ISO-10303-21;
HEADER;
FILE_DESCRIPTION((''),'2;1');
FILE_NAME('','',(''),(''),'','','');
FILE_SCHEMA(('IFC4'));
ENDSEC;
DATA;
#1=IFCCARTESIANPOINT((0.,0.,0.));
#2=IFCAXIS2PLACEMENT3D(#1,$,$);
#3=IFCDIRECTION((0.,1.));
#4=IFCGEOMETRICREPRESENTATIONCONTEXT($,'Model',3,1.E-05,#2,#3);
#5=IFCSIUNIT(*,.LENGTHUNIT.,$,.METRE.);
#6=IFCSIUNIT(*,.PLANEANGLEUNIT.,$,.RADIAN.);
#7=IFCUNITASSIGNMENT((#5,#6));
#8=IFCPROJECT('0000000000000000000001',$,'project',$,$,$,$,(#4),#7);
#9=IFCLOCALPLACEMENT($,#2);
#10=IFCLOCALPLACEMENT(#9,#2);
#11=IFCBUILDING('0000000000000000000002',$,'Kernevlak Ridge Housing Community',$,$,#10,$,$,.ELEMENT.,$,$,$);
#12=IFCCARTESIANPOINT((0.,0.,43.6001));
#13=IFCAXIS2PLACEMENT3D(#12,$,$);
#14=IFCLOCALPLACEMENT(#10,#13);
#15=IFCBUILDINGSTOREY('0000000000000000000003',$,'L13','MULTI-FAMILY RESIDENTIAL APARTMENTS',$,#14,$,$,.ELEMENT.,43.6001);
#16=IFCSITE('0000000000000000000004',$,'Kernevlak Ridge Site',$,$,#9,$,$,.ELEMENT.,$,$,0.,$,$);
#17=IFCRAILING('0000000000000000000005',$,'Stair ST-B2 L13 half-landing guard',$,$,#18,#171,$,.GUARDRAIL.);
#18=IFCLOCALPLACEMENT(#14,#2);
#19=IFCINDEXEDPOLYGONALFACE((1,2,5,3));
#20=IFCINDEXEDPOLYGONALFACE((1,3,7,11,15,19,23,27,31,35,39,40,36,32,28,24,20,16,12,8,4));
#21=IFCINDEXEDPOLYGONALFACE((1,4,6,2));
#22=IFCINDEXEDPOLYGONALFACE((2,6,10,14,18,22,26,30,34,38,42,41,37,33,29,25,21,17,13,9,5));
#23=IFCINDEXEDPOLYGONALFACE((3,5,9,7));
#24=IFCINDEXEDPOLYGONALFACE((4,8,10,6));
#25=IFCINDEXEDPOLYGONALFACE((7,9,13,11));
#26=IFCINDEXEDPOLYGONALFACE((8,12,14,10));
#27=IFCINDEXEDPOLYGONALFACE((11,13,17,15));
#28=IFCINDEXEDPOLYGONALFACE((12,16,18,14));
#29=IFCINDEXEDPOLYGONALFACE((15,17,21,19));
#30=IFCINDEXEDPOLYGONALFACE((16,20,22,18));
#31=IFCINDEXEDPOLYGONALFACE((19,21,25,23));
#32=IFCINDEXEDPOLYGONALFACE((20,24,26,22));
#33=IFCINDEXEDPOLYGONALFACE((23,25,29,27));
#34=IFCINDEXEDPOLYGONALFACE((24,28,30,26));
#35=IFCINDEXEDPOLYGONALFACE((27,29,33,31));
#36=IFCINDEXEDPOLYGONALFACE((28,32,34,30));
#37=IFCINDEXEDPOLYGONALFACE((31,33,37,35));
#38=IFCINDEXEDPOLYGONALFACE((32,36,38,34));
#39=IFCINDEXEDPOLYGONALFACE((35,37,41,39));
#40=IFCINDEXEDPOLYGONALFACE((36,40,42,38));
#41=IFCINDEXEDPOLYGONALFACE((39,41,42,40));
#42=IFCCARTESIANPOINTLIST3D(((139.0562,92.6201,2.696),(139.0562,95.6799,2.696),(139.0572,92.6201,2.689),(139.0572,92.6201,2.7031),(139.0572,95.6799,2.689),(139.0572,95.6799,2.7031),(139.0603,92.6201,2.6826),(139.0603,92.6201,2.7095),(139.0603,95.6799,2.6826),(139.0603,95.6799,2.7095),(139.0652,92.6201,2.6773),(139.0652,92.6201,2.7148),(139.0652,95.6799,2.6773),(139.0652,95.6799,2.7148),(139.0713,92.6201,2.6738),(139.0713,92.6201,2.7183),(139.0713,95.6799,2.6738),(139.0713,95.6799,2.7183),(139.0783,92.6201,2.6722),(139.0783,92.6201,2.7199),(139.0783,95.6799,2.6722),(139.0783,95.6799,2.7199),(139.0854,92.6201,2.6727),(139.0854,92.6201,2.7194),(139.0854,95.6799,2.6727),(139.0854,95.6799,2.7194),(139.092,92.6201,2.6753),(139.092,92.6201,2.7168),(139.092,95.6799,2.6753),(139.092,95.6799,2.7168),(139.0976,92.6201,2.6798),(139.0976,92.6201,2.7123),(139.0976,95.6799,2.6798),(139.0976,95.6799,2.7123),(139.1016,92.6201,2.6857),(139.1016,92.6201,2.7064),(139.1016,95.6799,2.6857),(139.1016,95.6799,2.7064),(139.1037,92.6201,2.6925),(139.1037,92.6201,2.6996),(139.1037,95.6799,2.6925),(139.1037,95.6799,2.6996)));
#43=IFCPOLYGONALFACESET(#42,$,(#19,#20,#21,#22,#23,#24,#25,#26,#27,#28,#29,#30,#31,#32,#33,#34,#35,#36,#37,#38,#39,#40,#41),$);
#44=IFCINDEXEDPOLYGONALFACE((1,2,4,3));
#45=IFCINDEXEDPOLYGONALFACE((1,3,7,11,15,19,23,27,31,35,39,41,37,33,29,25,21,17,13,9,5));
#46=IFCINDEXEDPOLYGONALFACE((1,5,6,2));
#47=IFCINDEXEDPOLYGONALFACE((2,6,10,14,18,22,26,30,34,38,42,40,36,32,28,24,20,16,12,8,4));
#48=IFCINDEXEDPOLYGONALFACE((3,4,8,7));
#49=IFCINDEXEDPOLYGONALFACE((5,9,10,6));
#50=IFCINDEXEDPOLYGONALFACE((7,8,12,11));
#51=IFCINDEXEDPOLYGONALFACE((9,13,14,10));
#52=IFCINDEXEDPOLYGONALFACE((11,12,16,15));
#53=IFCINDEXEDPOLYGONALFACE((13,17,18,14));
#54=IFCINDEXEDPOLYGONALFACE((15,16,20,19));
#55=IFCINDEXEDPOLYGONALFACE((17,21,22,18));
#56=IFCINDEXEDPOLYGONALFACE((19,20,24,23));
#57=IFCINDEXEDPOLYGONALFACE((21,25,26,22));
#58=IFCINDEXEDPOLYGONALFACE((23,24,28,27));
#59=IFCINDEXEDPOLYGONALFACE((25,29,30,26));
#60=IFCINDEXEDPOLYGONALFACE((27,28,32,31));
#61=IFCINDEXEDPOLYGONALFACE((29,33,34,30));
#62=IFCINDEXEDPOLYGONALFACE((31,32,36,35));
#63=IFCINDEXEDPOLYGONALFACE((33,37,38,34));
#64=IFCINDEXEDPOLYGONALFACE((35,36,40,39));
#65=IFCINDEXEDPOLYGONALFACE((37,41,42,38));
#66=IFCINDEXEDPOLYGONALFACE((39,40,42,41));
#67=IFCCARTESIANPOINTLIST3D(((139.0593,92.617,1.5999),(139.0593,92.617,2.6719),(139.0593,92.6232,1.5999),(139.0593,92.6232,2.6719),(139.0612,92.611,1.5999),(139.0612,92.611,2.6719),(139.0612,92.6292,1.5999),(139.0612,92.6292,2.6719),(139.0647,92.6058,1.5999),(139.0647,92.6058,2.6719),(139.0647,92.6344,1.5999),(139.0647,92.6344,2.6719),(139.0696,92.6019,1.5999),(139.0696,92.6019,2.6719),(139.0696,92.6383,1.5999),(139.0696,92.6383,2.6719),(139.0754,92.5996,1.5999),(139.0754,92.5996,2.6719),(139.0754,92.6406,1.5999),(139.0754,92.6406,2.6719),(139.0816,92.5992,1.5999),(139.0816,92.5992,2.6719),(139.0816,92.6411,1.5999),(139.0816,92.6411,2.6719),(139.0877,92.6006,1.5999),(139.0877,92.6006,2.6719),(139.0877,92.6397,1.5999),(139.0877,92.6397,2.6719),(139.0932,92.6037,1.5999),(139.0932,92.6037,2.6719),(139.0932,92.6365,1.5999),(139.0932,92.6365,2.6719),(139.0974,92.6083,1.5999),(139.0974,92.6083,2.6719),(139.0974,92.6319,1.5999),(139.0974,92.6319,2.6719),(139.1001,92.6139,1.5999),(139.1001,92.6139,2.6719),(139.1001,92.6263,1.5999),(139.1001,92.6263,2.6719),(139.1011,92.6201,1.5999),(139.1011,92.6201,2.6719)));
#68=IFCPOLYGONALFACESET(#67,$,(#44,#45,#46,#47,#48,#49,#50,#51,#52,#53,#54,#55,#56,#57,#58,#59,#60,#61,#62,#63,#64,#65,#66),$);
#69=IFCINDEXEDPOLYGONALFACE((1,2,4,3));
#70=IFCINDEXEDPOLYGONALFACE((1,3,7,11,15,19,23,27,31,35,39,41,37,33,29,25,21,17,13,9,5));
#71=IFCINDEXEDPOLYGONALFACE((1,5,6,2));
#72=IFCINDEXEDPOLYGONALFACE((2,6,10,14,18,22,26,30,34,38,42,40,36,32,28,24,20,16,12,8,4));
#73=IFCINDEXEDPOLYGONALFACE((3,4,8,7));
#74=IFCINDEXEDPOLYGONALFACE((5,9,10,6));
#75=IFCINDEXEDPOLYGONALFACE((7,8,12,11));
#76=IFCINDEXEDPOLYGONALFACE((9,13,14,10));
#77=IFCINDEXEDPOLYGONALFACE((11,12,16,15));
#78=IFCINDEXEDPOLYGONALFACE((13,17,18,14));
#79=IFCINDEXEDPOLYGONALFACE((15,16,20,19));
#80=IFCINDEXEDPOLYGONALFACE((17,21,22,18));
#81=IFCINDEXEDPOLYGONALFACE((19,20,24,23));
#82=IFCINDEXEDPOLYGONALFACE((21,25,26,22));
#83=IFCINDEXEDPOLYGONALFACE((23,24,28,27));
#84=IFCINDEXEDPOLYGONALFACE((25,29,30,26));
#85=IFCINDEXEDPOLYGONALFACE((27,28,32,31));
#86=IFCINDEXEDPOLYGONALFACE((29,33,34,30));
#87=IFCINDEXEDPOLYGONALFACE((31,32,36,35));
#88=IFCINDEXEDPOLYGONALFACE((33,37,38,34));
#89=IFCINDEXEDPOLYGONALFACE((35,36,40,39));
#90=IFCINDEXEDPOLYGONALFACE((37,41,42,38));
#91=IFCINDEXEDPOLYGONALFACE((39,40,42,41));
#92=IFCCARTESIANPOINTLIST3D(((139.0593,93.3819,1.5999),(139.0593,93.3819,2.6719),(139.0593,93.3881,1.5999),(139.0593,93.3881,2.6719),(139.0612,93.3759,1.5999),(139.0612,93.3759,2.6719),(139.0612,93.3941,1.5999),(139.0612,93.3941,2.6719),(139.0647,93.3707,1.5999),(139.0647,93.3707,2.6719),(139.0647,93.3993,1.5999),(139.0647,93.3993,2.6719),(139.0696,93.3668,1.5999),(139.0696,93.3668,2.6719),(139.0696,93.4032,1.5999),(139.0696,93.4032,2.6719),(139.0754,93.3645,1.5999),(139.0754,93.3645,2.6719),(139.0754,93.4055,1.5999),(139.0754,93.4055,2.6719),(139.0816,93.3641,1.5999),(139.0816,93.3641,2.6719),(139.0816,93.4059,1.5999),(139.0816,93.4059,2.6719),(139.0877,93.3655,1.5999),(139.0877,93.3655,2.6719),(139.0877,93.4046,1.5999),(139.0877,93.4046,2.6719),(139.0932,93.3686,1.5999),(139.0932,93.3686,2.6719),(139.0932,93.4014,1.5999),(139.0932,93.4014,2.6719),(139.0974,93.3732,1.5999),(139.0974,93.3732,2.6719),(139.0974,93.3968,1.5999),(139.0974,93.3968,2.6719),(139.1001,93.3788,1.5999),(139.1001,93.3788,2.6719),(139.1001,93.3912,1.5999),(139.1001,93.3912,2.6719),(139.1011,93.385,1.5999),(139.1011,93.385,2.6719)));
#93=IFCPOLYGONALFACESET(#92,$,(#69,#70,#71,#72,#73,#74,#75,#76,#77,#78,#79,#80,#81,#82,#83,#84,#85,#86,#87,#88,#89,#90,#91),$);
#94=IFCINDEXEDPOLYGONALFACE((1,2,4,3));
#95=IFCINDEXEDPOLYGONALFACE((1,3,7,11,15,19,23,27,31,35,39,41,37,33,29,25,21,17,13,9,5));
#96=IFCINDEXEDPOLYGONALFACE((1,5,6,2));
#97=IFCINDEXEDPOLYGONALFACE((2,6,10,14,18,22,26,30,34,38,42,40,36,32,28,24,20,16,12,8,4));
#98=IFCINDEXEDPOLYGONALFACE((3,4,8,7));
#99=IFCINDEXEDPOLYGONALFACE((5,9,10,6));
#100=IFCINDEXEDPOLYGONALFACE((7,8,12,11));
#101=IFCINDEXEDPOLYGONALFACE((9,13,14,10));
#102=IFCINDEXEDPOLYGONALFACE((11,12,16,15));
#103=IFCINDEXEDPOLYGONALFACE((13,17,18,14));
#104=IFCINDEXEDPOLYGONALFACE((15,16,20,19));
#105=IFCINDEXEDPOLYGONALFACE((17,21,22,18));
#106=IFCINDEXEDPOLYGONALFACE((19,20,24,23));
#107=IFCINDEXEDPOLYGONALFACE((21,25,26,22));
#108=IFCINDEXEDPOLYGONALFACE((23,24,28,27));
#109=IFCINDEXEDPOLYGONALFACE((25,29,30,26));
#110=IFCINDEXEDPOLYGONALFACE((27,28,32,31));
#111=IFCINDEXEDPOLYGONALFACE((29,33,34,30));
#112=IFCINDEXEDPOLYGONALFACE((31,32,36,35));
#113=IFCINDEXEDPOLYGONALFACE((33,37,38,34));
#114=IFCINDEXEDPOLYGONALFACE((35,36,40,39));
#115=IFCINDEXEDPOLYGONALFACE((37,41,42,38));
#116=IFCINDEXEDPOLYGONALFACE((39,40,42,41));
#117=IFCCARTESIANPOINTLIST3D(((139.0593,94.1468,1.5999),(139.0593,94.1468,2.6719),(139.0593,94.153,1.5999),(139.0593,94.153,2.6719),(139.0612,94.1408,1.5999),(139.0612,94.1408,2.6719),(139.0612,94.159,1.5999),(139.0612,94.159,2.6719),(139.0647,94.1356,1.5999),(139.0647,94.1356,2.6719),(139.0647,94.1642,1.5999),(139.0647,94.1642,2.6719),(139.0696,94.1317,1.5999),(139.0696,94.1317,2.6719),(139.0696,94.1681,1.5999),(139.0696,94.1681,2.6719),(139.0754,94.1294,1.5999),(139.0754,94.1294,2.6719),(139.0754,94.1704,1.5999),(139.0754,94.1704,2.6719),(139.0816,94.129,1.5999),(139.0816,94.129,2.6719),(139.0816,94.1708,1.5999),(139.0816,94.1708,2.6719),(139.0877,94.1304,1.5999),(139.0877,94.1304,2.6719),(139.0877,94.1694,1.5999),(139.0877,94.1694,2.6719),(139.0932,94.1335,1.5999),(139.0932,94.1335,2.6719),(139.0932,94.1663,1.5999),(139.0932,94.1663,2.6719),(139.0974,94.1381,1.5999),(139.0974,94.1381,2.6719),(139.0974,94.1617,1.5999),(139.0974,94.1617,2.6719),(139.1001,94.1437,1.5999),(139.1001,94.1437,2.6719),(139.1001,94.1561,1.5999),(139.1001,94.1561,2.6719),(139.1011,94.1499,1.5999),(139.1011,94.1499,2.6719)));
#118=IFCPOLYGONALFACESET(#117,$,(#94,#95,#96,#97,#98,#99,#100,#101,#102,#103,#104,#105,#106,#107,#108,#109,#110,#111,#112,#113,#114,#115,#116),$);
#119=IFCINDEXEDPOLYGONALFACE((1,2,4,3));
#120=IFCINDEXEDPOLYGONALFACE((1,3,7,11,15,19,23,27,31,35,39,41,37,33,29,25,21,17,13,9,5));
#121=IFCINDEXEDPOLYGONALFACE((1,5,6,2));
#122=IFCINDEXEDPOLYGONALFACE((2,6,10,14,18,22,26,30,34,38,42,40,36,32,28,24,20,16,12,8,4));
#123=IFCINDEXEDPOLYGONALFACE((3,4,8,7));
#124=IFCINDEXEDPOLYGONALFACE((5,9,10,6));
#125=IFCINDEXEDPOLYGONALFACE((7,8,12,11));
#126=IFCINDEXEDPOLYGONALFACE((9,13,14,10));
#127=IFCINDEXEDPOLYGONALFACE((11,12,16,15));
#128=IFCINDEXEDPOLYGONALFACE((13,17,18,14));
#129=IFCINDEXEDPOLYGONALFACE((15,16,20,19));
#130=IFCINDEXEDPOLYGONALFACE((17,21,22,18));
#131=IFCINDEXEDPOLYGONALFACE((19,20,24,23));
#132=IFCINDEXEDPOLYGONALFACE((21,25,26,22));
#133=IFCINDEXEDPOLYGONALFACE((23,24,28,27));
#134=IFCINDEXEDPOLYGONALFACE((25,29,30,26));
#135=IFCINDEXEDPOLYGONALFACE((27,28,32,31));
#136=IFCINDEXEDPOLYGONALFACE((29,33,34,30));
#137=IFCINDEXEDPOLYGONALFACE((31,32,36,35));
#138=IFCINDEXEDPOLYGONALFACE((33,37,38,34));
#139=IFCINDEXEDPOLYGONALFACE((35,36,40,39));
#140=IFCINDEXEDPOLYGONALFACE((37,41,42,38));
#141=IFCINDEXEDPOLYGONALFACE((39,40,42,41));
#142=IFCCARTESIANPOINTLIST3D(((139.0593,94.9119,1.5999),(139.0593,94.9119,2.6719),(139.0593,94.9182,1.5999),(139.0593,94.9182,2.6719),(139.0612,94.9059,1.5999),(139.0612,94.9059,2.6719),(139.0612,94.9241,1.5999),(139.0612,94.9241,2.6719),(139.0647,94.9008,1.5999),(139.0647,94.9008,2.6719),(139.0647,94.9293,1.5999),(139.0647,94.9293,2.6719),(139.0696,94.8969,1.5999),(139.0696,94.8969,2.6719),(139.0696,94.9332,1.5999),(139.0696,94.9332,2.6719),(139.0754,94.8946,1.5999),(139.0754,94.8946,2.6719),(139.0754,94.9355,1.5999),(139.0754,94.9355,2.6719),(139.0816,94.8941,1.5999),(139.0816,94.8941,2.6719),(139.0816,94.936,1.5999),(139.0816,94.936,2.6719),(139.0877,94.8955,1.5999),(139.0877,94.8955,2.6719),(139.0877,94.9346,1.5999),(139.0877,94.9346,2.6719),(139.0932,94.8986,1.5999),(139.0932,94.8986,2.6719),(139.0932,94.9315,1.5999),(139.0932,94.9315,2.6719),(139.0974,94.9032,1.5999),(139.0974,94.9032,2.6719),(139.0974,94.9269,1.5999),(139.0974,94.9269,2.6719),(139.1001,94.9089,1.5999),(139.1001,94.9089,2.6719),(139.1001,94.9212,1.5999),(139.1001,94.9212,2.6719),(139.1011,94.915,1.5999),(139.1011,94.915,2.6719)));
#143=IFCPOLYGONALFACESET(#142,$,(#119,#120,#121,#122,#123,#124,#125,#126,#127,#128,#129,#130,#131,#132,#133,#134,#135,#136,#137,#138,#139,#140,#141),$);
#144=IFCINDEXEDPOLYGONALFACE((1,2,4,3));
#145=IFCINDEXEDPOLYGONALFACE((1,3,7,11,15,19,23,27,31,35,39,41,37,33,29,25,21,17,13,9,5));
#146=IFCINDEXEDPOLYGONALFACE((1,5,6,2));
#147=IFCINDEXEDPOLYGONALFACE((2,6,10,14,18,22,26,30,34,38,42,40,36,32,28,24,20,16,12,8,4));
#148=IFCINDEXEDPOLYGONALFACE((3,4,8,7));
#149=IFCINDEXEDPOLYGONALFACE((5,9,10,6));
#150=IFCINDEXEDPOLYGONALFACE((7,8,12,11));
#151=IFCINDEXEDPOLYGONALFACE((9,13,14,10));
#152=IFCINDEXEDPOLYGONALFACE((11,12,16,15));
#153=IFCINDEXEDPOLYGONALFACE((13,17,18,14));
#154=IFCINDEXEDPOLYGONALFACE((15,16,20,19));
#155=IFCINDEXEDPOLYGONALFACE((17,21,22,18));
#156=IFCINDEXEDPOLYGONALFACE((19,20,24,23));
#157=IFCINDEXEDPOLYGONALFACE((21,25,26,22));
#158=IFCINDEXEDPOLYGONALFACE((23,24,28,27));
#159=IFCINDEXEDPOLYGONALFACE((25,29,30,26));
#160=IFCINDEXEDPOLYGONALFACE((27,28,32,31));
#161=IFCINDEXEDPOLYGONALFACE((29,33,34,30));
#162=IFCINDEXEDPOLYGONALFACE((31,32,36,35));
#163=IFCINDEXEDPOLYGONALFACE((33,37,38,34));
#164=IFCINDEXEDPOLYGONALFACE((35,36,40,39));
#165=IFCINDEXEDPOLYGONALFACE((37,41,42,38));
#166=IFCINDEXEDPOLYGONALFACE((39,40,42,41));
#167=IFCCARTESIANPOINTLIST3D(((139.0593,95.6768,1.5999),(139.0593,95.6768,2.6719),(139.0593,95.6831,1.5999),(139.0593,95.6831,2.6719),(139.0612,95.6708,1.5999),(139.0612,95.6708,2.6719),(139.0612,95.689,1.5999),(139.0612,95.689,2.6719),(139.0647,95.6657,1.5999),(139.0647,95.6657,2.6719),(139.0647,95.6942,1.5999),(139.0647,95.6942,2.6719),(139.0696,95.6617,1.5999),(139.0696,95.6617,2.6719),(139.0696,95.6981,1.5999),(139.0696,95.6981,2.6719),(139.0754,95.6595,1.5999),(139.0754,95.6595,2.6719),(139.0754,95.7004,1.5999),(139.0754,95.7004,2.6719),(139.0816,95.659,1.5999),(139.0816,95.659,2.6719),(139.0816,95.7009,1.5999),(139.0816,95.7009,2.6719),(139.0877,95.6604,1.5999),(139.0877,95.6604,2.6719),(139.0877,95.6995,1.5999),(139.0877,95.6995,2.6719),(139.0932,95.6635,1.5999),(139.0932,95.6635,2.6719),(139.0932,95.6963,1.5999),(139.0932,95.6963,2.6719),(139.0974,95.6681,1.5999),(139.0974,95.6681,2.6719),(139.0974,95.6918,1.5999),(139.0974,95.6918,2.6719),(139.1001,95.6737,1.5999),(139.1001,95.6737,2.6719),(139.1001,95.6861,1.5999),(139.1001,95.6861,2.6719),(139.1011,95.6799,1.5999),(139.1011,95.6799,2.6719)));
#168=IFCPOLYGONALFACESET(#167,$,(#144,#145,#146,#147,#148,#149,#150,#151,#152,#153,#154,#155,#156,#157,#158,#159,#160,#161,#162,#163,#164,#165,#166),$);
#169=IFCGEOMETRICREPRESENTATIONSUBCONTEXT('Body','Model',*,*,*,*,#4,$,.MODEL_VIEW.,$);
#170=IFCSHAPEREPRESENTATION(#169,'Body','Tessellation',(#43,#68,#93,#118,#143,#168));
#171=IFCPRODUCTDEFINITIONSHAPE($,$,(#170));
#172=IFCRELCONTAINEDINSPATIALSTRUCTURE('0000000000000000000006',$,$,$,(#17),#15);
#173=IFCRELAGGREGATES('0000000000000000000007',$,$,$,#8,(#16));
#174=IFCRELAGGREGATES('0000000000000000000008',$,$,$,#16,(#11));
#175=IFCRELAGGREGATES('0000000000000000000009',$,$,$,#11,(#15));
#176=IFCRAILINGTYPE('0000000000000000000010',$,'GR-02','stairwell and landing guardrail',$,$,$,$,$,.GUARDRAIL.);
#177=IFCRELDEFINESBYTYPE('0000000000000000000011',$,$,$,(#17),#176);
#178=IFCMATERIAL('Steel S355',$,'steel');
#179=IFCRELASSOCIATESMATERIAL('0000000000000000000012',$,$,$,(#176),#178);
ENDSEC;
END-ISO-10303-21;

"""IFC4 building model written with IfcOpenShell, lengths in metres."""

from ifc_helpers import new_model, si_unit, direction, frame, origin, origin_2d, place, context, subcontext, project, spatial, circle, extrude, material, type_object, element, save


model = new_model("IFC4")

# Units and contexts
model_context = context("Model", 3, precision=1e-05, world=origin(), true_north=direction((0.0, 1.0)))
body_context = subcontext(model_context, "Body", "Model", "MODEL_VIEW")
ifc_project = project(units=[si_unit("LENGTHUNIT", "METRE"), si_unit("PLANEANGLEUNIT", "RADIAN")], contexts=[model_context])

# Site, building, storey
site_placement = place(None, origin())
site = spatial("IfcSite", under=ifc_project, at=site_placement, Name="Kernevlak Ridge Site", CompositionType="ELEMENT", RefElevation=0.0)
building_placement = place(site_placement, origin())
building = spatial("IfcBuilding", under=site, at=building_placement, Name="Kernevlak Ridge Housing Community", CompositionType="ELEMENT")
storey_placement = place(building_placement, frame((0.0, 0.0, 43.6001)))
storey = spatial("IfcBuildingStorey", under=building, at=storey_placement, Name="L13", Description="MULTI-FAMILY RESIDENTIAL APARTMENTS", CompositionType="ELEMENT", Elevation=43.6001)

# Railing
ifc_material_1 = material(Name="Steel S355", Category="steel")
railing_type_1 = type_object("IfcRailingType", Name="GR-02", Description="stairwell and landing guardrail", PredefinedType="GUARDRAIL", material=ifc_material_1)
railing_1_placement = place(storey_placement, frame((139.0801, 92.6201, 1.5999)))
element("IfcRailing", 1, at=railing_1_placement, inside=storey, type_object=railing_type_1, Name="Stair ST-B2 L13 half-landing guard", PredefinedType="GUARDRAIL", context=body_context, shape_type="SweptSolid", body=[
    extrude(circle(Radius=0.0239, at=origin_2d()), frame((0.0, 0.0, 1.0962), z_axis=(0.0, 1.0, 0.0), x_axis=(-1.0, 0.0, 0.0)), (0.0, 0.0, 1.0), 3.0598),
    extrude(circle(Radius=0.021, at=origin_2d()), origin(), (0.0, 0.0, 1.0), 1.072),
    extrude(circle(Radius=0.021, at=origin_2d()), frame((0.0, 0.7649, 0.0)), (0.0, 0.0, 1.0), 1.072),
    extrude(circle(Radius=0.021, at=origin_2d()), frame((0.0, 1.5298, 0.0)), (0.0, 0.0, 1.0), 1.072),
    extrude(circle(Radius=0.021, at=origin_2d()), frame((0.0, 2.2949, 0.0)), (0.0, 0.0, 1.0), 1.072),
    extrude(circle(Radius=0.021, at=origin_2d()), frame((0.0, 3.0598, 0.0)), (0.0, 0.0, 1.0), 1.072),
])

save(model, "model.ifc")
